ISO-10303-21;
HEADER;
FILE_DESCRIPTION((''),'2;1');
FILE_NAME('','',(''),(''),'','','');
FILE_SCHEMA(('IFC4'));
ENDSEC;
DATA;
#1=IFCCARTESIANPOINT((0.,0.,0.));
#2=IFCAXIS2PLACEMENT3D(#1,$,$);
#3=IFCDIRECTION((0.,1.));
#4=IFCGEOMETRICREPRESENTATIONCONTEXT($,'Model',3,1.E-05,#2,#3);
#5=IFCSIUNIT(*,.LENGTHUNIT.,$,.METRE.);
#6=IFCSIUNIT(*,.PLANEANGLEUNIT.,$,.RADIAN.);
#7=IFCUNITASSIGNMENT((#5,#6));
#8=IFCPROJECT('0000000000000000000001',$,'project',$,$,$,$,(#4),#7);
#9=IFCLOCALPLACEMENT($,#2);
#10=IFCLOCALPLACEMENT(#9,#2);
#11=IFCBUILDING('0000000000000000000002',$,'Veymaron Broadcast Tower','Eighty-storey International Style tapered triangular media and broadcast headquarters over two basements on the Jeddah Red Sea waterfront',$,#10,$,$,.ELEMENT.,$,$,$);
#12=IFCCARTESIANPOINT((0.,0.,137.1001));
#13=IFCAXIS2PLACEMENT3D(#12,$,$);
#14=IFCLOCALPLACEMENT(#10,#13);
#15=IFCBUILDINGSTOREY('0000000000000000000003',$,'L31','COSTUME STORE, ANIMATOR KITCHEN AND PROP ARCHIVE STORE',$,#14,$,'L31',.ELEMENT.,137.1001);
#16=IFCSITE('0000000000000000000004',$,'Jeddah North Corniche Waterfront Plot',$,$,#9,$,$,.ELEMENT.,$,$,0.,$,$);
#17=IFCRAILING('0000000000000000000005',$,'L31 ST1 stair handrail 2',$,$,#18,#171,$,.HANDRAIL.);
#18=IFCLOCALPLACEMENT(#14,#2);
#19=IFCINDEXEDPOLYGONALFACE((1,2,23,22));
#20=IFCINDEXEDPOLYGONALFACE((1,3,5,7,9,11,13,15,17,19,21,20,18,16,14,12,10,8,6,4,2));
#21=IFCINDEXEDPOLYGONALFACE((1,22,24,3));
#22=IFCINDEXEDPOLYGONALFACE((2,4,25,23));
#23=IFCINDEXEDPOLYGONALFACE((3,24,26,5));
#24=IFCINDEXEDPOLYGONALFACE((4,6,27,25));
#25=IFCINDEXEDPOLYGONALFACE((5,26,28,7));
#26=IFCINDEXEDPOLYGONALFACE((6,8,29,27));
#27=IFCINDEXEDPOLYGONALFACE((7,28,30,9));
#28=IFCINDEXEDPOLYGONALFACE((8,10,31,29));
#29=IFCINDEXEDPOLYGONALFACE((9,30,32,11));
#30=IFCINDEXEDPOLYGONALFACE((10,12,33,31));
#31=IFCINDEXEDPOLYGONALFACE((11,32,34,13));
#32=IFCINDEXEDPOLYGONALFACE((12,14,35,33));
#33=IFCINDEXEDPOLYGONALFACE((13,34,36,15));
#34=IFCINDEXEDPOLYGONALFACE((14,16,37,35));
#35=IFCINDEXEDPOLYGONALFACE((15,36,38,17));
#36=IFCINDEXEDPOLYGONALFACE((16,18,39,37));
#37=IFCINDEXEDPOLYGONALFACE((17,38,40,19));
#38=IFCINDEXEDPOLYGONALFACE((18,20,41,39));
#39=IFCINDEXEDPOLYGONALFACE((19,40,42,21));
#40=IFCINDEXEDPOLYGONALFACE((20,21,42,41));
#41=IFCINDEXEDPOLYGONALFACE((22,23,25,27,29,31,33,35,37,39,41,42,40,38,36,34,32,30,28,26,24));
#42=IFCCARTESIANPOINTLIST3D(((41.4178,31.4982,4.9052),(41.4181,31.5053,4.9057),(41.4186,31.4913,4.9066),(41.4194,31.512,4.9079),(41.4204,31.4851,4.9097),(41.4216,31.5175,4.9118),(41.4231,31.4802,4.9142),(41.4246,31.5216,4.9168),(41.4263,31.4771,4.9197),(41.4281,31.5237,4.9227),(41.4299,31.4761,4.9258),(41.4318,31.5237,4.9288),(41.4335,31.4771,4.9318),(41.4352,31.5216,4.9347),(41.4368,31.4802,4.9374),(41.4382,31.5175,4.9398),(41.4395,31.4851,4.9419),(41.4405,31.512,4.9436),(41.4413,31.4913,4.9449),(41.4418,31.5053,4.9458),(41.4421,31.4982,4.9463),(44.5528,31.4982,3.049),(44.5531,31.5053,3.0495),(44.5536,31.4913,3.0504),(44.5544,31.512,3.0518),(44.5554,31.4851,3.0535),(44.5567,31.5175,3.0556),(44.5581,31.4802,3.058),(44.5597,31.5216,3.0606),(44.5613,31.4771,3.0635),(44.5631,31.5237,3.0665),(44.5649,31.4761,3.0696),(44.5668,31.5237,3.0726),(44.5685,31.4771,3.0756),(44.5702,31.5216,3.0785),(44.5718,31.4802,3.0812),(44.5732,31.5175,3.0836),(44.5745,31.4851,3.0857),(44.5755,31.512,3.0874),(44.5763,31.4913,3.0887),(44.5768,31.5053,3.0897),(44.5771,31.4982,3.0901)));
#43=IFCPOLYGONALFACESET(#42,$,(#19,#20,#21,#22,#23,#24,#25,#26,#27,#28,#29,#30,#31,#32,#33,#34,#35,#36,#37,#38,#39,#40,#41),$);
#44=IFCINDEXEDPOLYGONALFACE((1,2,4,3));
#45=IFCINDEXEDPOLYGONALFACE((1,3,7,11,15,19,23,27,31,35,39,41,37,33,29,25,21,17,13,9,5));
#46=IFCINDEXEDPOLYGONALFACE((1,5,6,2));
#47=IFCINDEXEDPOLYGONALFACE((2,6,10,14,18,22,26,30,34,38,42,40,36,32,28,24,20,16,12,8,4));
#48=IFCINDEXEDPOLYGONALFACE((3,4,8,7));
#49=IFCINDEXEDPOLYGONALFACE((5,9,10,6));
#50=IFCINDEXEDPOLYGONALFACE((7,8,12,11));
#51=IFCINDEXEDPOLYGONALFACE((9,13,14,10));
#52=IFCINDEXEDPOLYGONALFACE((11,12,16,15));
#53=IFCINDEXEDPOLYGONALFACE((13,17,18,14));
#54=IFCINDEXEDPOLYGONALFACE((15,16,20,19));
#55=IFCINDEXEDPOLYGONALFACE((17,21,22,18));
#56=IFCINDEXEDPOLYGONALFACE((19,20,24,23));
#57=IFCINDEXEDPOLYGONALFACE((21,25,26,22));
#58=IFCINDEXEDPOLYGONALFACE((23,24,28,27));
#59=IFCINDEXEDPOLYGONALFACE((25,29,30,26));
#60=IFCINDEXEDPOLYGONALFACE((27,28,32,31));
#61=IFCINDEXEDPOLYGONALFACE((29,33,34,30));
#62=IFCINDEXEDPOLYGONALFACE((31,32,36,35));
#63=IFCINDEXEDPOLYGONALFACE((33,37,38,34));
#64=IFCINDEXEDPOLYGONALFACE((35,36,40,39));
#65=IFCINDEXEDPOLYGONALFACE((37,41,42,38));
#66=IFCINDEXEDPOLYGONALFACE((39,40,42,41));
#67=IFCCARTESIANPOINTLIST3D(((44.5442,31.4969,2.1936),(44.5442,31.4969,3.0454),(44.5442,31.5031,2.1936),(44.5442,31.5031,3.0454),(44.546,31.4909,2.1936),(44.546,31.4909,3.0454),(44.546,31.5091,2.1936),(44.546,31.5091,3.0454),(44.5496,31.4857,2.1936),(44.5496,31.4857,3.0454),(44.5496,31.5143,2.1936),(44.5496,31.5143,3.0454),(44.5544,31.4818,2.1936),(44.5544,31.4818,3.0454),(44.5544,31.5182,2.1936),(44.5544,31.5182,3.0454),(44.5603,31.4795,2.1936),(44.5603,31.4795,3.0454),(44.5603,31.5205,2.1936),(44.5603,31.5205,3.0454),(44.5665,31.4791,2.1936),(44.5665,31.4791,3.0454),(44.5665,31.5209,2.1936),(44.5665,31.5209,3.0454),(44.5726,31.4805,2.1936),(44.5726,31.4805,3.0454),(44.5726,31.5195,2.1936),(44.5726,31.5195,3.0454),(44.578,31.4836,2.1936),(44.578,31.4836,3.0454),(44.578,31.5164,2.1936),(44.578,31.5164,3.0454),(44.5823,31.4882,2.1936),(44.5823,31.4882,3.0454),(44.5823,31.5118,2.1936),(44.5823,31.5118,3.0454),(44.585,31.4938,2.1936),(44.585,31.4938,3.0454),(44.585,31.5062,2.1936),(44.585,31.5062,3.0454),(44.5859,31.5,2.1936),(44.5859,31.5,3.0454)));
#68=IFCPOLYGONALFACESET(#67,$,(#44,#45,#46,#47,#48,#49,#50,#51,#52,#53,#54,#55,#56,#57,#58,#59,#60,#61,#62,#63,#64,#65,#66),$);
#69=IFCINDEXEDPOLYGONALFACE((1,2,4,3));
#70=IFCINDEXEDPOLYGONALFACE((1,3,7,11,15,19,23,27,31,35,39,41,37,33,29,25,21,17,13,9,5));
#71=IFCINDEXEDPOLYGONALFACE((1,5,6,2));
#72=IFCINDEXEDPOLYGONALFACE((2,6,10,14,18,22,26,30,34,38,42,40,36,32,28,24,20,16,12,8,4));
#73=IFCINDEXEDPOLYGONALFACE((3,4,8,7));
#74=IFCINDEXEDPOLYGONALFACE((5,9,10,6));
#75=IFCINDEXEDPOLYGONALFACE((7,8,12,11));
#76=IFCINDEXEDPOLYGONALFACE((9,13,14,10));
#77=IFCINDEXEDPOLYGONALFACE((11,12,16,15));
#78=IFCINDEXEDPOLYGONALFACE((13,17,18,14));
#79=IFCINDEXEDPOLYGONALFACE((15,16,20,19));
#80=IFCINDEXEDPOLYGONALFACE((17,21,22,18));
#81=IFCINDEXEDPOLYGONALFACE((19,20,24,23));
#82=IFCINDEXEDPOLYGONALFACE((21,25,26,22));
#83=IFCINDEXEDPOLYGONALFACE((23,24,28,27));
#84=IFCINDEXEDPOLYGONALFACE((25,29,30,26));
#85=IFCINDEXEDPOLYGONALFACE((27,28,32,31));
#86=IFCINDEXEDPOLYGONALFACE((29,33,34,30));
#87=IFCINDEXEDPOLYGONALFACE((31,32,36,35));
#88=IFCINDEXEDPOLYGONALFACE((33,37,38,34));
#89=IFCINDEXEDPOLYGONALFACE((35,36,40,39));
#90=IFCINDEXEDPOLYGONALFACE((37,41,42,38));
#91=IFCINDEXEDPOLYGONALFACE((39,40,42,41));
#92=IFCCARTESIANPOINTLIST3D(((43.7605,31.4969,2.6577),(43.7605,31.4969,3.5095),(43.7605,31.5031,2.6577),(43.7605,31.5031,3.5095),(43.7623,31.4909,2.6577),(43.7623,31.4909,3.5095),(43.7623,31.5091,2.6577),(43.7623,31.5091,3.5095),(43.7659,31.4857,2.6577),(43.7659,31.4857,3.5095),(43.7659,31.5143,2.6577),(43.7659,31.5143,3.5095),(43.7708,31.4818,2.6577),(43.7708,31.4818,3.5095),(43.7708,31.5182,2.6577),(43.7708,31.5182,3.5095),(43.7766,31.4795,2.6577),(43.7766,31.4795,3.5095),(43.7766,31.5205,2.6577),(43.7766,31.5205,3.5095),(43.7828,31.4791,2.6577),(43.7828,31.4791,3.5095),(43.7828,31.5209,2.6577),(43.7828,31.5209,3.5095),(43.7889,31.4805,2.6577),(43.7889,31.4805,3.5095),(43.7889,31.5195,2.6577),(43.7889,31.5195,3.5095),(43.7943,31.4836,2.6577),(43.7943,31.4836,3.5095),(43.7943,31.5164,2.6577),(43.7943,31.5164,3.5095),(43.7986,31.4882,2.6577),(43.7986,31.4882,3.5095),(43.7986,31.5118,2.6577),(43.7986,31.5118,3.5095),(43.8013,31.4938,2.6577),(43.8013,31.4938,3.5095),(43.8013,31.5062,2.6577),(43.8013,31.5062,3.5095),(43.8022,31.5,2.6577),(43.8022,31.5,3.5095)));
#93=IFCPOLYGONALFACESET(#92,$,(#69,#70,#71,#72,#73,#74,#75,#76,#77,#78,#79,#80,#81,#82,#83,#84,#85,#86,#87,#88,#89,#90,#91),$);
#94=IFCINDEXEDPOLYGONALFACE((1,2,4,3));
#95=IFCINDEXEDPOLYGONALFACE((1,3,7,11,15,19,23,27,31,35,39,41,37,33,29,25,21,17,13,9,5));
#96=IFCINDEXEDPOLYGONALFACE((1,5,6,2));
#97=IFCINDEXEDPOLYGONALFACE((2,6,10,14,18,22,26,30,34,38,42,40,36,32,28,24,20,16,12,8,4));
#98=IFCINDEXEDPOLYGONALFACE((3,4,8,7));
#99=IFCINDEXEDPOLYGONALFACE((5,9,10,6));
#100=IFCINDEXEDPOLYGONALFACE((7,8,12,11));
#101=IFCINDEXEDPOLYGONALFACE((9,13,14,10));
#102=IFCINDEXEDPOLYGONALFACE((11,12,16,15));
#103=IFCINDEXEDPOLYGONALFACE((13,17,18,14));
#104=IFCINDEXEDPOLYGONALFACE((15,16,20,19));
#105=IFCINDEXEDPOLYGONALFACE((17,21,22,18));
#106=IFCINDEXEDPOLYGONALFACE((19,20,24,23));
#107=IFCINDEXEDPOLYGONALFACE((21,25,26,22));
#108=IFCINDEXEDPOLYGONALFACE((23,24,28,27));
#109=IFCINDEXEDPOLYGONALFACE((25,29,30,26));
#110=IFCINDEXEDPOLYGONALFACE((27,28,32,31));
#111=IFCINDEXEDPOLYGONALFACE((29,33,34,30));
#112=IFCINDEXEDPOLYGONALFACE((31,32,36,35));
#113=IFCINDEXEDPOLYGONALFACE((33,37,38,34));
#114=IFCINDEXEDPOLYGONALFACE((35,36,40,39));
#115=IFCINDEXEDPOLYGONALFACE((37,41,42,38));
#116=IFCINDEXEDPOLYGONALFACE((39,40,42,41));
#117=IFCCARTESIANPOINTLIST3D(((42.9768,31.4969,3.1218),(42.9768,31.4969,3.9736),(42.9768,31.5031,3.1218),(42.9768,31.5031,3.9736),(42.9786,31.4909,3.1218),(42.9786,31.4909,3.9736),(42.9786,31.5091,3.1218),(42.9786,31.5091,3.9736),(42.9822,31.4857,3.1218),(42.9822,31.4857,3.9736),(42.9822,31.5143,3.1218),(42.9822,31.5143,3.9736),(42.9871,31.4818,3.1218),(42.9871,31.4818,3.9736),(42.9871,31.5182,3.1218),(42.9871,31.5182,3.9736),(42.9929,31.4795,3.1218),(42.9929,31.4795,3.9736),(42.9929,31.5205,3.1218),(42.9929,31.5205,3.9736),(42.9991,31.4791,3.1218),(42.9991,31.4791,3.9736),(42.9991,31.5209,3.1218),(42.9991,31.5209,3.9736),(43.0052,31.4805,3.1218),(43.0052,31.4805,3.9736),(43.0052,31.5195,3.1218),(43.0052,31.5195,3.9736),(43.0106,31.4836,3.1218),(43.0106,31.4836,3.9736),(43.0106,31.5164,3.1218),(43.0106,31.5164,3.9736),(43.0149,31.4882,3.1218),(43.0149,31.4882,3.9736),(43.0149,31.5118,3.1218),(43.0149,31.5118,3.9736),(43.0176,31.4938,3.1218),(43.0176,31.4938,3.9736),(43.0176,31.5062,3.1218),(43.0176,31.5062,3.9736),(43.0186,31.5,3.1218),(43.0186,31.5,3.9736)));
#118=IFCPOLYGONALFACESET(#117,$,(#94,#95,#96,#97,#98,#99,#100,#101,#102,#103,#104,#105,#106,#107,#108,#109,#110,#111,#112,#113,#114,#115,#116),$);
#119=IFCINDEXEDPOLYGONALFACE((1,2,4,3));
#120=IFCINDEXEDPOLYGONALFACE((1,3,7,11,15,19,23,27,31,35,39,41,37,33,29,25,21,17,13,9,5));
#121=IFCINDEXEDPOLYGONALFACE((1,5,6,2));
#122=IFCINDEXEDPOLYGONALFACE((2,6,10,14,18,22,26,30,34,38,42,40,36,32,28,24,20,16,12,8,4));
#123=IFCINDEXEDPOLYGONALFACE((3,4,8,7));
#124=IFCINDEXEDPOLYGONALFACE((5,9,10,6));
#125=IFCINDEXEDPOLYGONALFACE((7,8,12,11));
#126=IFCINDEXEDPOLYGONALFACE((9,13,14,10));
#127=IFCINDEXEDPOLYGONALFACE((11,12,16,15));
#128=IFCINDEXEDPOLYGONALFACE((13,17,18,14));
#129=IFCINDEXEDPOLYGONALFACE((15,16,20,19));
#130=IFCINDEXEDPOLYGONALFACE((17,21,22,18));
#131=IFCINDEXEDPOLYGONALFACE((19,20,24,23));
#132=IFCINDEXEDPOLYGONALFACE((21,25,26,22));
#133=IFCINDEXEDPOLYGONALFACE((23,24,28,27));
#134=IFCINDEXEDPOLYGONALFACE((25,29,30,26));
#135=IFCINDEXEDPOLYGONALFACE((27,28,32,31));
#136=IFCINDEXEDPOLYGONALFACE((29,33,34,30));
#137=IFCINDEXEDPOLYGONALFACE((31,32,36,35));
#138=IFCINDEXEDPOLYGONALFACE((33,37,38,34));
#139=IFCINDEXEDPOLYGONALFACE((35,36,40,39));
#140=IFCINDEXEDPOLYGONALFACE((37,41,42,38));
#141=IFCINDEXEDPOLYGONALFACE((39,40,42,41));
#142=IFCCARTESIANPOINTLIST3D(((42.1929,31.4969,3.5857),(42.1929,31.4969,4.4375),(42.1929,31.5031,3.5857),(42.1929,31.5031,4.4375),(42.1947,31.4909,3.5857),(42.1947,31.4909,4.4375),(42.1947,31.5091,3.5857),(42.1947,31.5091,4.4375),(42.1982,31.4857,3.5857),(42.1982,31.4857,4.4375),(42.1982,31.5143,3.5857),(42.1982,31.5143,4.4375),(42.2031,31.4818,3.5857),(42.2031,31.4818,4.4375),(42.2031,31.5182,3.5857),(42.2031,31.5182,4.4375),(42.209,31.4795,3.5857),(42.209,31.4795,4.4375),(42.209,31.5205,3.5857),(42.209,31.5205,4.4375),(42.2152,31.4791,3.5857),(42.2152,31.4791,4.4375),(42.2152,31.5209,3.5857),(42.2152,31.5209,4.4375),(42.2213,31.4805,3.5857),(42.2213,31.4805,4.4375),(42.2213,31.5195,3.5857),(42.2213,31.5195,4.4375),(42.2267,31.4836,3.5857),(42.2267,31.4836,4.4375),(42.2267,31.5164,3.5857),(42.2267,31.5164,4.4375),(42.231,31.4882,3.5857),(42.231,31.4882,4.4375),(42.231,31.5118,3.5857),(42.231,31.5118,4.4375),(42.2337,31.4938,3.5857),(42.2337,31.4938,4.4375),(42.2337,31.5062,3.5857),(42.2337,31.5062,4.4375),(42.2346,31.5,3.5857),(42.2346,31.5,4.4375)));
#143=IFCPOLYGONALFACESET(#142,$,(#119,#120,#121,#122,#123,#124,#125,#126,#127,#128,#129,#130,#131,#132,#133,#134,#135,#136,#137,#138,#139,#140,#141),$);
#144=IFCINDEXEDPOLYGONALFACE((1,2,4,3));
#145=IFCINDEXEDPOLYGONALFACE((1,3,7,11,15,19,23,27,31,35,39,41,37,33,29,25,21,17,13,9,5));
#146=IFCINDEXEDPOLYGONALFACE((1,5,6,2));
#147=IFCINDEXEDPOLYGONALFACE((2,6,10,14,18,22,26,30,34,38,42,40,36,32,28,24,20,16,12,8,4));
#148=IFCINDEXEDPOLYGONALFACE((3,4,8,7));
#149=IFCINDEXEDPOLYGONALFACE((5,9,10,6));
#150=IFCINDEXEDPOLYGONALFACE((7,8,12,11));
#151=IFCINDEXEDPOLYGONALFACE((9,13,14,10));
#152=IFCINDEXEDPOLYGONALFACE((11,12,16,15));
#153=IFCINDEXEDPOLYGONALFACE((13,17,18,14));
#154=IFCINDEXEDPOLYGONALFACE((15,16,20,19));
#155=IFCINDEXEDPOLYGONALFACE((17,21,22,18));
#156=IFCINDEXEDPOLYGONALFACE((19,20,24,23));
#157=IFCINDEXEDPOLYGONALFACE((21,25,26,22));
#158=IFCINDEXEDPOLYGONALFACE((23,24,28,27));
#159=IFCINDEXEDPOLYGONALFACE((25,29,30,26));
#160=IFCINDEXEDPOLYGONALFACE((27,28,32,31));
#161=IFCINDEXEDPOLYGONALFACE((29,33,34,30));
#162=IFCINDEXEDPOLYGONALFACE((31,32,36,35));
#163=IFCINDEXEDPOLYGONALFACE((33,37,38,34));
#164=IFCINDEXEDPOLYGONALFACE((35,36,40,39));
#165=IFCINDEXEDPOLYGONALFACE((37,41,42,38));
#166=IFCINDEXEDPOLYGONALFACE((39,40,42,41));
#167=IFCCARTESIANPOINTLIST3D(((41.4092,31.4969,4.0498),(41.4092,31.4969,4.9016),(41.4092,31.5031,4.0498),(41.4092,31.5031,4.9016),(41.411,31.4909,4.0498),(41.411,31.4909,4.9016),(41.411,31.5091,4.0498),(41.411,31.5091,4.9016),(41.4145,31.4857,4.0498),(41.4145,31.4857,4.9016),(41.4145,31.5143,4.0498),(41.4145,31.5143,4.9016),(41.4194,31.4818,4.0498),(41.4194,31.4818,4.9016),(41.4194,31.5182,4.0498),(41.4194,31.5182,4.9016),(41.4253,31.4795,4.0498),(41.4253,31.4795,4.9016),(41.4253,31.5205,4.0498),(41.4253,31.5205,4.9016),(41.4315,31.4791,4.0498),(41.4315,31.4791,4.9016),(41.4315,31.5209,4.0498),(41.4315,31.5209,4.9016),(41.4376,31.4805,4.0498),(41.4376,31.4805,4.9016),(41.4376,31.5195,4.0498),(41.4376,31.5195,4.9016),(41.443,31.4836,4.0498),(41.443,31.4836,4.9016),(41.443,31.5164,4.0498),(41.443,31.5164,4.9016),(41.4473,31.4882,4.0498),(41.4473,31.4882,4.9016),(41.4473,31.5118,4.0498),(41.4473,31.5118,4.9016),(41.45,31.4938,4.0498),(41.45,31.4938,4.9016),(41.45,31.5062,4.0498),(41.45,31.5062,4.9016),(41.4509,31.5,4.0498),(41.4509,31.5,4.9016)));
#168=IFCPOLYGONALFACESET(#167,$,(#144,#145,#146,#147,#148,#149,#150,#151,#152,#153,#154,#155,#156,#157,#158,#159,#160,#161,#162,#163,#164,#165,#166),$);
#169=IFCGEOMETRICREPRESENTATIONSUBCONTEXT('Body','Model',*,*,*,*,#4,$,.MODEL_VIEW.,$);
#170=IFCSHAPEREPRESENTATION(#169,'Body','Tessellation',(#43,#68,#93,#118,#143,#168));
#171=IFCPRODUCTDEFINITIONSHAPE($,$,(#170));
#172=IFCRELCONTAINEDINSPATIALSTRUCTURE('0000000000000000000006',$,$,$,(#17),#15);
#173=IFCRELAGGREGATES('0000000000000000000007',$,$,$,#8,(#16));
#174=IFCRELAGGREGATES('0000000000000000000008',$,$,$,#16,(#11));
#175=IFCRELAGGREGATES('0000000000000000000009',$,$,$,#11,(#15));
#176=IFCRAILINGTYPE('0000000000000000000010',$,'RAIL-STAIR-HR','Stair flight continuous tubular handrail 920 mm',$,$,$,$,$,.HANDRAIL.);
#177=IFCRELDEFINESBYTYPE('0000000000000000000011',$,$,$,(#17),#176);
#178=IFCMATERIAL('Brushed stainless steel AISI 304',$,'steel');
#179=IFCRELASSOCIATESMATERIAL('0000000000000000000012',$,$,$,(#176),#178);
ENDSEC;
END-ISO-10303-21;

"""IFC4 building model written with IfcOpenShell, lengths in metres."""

from ifc_helpers import new_model, si_unit, direction, frame, origin, origin_2d, place, context, subcontext, project, spatial, circle, extrude, material, type_object, element, save


model = new_model("IFC4")

# Units and contexts
model_context = context("Model", 3, precision=1e-05, world=origin(), true_north=direction((0.0, 1.0)))
body_context = subcontext(model_context, "Body", "Model", "MODEL_VIEW")
ifc_project = project(units=[si_unit("LENGTHUNIT", "METRE"), si_unit("PLANEANGLEUNIT", "RADIAN")], contexts=[model_context])

# Site, building, storey
site_placement = place(None, origin())
site = spatial("IfcSite", under=ifc_project, at=site_placement, Name="Jeddah North Corniche Waterfront Plot", CompositionType="ELEMENT", RefElevation=0.0)
building_placement = place(site_placement, origin())
building = spatial("IfcBuilding", under=site, at=building_placement, Name="Veymaron Broadcast Tower", Description="Eighty-storey International Style tapered triangular media and broadcast headquarters over two basements on the Jeddah Red Sea waterfront", CompositionType="ELEMENT")
storey_placement = place(building_placement, frame((0.0, 0.0, 137.1001)))
storey = spatial("IfcBuildingStorey", under=building, at=storey_placement, Name="L31", Description="COSTUME STORE, ANIMATOR KITCHEN AND PROP ARCHIVE STORE", LongName="L31", CompositionType="ELEMENT", Elevation=137.1001)

# Shared definitions
ifc_material_1 = material(Name="Brushed stainless steel AISI 304", Category="steel")

# Railing
railing_type_1 = type_object("IfcRailingType", Name="RAIL-STAIR-HR", Description="Stair flight continuous tubular handrail 920 mm", PredefinedType="HANDRAIL", material=ifc_material_1)
railing_1_placement = place(storey_placement, frame((44.5649, 31.5, 2.1936)))
element("IfcRailing", 1, at=railing_1_placement, inside=storey, type_object=railing_type_1, Name="L31 ST1 stair handrail 2", PredefinedType="HANDRAIL", context=body_context, shape_type="SweptSolid", body=[
    extrude(circle(Radius=0.0239, at=origin_2d()), frame((0.0, 0.0, 0.876), z_axis=(-0.860482, 0.0, 0.509481), x_axis=(0.0, -1.0, 0.0)), (0.0, 0.0, 1.0), 3.6433),
    extrude(circle(Radius=0.021, at=origin_2d()), origin(), (0.0, 0.0, 1.0), 0.8518),
    extrude(circle(Radius=0.021, at=origin_2d()), frame((-0.7837, 0.0, 0.4641)), (0.0, 0.0, 1.0), 0.8518),
    extrude(circle(Radius=0.021, at=origin_2d()), frame((-1.5674, 0.0, 0.9282)), (0.0, 0.0, 1.0), 0.8518),
    extrude(circle(Radius=0.021, at=origin_2d()), frame((-2.3513, 0.0, 1.3921)), (0.0, 0.0, 1.0), 0.8518),
    extrude(circle(Radius=0.021, at=origin_2d()), frame((-3.135, 0.0, 1.8562)), (0.0, 0.0, 1.0), 0.8518),
])

save(model, "model.ifc")
